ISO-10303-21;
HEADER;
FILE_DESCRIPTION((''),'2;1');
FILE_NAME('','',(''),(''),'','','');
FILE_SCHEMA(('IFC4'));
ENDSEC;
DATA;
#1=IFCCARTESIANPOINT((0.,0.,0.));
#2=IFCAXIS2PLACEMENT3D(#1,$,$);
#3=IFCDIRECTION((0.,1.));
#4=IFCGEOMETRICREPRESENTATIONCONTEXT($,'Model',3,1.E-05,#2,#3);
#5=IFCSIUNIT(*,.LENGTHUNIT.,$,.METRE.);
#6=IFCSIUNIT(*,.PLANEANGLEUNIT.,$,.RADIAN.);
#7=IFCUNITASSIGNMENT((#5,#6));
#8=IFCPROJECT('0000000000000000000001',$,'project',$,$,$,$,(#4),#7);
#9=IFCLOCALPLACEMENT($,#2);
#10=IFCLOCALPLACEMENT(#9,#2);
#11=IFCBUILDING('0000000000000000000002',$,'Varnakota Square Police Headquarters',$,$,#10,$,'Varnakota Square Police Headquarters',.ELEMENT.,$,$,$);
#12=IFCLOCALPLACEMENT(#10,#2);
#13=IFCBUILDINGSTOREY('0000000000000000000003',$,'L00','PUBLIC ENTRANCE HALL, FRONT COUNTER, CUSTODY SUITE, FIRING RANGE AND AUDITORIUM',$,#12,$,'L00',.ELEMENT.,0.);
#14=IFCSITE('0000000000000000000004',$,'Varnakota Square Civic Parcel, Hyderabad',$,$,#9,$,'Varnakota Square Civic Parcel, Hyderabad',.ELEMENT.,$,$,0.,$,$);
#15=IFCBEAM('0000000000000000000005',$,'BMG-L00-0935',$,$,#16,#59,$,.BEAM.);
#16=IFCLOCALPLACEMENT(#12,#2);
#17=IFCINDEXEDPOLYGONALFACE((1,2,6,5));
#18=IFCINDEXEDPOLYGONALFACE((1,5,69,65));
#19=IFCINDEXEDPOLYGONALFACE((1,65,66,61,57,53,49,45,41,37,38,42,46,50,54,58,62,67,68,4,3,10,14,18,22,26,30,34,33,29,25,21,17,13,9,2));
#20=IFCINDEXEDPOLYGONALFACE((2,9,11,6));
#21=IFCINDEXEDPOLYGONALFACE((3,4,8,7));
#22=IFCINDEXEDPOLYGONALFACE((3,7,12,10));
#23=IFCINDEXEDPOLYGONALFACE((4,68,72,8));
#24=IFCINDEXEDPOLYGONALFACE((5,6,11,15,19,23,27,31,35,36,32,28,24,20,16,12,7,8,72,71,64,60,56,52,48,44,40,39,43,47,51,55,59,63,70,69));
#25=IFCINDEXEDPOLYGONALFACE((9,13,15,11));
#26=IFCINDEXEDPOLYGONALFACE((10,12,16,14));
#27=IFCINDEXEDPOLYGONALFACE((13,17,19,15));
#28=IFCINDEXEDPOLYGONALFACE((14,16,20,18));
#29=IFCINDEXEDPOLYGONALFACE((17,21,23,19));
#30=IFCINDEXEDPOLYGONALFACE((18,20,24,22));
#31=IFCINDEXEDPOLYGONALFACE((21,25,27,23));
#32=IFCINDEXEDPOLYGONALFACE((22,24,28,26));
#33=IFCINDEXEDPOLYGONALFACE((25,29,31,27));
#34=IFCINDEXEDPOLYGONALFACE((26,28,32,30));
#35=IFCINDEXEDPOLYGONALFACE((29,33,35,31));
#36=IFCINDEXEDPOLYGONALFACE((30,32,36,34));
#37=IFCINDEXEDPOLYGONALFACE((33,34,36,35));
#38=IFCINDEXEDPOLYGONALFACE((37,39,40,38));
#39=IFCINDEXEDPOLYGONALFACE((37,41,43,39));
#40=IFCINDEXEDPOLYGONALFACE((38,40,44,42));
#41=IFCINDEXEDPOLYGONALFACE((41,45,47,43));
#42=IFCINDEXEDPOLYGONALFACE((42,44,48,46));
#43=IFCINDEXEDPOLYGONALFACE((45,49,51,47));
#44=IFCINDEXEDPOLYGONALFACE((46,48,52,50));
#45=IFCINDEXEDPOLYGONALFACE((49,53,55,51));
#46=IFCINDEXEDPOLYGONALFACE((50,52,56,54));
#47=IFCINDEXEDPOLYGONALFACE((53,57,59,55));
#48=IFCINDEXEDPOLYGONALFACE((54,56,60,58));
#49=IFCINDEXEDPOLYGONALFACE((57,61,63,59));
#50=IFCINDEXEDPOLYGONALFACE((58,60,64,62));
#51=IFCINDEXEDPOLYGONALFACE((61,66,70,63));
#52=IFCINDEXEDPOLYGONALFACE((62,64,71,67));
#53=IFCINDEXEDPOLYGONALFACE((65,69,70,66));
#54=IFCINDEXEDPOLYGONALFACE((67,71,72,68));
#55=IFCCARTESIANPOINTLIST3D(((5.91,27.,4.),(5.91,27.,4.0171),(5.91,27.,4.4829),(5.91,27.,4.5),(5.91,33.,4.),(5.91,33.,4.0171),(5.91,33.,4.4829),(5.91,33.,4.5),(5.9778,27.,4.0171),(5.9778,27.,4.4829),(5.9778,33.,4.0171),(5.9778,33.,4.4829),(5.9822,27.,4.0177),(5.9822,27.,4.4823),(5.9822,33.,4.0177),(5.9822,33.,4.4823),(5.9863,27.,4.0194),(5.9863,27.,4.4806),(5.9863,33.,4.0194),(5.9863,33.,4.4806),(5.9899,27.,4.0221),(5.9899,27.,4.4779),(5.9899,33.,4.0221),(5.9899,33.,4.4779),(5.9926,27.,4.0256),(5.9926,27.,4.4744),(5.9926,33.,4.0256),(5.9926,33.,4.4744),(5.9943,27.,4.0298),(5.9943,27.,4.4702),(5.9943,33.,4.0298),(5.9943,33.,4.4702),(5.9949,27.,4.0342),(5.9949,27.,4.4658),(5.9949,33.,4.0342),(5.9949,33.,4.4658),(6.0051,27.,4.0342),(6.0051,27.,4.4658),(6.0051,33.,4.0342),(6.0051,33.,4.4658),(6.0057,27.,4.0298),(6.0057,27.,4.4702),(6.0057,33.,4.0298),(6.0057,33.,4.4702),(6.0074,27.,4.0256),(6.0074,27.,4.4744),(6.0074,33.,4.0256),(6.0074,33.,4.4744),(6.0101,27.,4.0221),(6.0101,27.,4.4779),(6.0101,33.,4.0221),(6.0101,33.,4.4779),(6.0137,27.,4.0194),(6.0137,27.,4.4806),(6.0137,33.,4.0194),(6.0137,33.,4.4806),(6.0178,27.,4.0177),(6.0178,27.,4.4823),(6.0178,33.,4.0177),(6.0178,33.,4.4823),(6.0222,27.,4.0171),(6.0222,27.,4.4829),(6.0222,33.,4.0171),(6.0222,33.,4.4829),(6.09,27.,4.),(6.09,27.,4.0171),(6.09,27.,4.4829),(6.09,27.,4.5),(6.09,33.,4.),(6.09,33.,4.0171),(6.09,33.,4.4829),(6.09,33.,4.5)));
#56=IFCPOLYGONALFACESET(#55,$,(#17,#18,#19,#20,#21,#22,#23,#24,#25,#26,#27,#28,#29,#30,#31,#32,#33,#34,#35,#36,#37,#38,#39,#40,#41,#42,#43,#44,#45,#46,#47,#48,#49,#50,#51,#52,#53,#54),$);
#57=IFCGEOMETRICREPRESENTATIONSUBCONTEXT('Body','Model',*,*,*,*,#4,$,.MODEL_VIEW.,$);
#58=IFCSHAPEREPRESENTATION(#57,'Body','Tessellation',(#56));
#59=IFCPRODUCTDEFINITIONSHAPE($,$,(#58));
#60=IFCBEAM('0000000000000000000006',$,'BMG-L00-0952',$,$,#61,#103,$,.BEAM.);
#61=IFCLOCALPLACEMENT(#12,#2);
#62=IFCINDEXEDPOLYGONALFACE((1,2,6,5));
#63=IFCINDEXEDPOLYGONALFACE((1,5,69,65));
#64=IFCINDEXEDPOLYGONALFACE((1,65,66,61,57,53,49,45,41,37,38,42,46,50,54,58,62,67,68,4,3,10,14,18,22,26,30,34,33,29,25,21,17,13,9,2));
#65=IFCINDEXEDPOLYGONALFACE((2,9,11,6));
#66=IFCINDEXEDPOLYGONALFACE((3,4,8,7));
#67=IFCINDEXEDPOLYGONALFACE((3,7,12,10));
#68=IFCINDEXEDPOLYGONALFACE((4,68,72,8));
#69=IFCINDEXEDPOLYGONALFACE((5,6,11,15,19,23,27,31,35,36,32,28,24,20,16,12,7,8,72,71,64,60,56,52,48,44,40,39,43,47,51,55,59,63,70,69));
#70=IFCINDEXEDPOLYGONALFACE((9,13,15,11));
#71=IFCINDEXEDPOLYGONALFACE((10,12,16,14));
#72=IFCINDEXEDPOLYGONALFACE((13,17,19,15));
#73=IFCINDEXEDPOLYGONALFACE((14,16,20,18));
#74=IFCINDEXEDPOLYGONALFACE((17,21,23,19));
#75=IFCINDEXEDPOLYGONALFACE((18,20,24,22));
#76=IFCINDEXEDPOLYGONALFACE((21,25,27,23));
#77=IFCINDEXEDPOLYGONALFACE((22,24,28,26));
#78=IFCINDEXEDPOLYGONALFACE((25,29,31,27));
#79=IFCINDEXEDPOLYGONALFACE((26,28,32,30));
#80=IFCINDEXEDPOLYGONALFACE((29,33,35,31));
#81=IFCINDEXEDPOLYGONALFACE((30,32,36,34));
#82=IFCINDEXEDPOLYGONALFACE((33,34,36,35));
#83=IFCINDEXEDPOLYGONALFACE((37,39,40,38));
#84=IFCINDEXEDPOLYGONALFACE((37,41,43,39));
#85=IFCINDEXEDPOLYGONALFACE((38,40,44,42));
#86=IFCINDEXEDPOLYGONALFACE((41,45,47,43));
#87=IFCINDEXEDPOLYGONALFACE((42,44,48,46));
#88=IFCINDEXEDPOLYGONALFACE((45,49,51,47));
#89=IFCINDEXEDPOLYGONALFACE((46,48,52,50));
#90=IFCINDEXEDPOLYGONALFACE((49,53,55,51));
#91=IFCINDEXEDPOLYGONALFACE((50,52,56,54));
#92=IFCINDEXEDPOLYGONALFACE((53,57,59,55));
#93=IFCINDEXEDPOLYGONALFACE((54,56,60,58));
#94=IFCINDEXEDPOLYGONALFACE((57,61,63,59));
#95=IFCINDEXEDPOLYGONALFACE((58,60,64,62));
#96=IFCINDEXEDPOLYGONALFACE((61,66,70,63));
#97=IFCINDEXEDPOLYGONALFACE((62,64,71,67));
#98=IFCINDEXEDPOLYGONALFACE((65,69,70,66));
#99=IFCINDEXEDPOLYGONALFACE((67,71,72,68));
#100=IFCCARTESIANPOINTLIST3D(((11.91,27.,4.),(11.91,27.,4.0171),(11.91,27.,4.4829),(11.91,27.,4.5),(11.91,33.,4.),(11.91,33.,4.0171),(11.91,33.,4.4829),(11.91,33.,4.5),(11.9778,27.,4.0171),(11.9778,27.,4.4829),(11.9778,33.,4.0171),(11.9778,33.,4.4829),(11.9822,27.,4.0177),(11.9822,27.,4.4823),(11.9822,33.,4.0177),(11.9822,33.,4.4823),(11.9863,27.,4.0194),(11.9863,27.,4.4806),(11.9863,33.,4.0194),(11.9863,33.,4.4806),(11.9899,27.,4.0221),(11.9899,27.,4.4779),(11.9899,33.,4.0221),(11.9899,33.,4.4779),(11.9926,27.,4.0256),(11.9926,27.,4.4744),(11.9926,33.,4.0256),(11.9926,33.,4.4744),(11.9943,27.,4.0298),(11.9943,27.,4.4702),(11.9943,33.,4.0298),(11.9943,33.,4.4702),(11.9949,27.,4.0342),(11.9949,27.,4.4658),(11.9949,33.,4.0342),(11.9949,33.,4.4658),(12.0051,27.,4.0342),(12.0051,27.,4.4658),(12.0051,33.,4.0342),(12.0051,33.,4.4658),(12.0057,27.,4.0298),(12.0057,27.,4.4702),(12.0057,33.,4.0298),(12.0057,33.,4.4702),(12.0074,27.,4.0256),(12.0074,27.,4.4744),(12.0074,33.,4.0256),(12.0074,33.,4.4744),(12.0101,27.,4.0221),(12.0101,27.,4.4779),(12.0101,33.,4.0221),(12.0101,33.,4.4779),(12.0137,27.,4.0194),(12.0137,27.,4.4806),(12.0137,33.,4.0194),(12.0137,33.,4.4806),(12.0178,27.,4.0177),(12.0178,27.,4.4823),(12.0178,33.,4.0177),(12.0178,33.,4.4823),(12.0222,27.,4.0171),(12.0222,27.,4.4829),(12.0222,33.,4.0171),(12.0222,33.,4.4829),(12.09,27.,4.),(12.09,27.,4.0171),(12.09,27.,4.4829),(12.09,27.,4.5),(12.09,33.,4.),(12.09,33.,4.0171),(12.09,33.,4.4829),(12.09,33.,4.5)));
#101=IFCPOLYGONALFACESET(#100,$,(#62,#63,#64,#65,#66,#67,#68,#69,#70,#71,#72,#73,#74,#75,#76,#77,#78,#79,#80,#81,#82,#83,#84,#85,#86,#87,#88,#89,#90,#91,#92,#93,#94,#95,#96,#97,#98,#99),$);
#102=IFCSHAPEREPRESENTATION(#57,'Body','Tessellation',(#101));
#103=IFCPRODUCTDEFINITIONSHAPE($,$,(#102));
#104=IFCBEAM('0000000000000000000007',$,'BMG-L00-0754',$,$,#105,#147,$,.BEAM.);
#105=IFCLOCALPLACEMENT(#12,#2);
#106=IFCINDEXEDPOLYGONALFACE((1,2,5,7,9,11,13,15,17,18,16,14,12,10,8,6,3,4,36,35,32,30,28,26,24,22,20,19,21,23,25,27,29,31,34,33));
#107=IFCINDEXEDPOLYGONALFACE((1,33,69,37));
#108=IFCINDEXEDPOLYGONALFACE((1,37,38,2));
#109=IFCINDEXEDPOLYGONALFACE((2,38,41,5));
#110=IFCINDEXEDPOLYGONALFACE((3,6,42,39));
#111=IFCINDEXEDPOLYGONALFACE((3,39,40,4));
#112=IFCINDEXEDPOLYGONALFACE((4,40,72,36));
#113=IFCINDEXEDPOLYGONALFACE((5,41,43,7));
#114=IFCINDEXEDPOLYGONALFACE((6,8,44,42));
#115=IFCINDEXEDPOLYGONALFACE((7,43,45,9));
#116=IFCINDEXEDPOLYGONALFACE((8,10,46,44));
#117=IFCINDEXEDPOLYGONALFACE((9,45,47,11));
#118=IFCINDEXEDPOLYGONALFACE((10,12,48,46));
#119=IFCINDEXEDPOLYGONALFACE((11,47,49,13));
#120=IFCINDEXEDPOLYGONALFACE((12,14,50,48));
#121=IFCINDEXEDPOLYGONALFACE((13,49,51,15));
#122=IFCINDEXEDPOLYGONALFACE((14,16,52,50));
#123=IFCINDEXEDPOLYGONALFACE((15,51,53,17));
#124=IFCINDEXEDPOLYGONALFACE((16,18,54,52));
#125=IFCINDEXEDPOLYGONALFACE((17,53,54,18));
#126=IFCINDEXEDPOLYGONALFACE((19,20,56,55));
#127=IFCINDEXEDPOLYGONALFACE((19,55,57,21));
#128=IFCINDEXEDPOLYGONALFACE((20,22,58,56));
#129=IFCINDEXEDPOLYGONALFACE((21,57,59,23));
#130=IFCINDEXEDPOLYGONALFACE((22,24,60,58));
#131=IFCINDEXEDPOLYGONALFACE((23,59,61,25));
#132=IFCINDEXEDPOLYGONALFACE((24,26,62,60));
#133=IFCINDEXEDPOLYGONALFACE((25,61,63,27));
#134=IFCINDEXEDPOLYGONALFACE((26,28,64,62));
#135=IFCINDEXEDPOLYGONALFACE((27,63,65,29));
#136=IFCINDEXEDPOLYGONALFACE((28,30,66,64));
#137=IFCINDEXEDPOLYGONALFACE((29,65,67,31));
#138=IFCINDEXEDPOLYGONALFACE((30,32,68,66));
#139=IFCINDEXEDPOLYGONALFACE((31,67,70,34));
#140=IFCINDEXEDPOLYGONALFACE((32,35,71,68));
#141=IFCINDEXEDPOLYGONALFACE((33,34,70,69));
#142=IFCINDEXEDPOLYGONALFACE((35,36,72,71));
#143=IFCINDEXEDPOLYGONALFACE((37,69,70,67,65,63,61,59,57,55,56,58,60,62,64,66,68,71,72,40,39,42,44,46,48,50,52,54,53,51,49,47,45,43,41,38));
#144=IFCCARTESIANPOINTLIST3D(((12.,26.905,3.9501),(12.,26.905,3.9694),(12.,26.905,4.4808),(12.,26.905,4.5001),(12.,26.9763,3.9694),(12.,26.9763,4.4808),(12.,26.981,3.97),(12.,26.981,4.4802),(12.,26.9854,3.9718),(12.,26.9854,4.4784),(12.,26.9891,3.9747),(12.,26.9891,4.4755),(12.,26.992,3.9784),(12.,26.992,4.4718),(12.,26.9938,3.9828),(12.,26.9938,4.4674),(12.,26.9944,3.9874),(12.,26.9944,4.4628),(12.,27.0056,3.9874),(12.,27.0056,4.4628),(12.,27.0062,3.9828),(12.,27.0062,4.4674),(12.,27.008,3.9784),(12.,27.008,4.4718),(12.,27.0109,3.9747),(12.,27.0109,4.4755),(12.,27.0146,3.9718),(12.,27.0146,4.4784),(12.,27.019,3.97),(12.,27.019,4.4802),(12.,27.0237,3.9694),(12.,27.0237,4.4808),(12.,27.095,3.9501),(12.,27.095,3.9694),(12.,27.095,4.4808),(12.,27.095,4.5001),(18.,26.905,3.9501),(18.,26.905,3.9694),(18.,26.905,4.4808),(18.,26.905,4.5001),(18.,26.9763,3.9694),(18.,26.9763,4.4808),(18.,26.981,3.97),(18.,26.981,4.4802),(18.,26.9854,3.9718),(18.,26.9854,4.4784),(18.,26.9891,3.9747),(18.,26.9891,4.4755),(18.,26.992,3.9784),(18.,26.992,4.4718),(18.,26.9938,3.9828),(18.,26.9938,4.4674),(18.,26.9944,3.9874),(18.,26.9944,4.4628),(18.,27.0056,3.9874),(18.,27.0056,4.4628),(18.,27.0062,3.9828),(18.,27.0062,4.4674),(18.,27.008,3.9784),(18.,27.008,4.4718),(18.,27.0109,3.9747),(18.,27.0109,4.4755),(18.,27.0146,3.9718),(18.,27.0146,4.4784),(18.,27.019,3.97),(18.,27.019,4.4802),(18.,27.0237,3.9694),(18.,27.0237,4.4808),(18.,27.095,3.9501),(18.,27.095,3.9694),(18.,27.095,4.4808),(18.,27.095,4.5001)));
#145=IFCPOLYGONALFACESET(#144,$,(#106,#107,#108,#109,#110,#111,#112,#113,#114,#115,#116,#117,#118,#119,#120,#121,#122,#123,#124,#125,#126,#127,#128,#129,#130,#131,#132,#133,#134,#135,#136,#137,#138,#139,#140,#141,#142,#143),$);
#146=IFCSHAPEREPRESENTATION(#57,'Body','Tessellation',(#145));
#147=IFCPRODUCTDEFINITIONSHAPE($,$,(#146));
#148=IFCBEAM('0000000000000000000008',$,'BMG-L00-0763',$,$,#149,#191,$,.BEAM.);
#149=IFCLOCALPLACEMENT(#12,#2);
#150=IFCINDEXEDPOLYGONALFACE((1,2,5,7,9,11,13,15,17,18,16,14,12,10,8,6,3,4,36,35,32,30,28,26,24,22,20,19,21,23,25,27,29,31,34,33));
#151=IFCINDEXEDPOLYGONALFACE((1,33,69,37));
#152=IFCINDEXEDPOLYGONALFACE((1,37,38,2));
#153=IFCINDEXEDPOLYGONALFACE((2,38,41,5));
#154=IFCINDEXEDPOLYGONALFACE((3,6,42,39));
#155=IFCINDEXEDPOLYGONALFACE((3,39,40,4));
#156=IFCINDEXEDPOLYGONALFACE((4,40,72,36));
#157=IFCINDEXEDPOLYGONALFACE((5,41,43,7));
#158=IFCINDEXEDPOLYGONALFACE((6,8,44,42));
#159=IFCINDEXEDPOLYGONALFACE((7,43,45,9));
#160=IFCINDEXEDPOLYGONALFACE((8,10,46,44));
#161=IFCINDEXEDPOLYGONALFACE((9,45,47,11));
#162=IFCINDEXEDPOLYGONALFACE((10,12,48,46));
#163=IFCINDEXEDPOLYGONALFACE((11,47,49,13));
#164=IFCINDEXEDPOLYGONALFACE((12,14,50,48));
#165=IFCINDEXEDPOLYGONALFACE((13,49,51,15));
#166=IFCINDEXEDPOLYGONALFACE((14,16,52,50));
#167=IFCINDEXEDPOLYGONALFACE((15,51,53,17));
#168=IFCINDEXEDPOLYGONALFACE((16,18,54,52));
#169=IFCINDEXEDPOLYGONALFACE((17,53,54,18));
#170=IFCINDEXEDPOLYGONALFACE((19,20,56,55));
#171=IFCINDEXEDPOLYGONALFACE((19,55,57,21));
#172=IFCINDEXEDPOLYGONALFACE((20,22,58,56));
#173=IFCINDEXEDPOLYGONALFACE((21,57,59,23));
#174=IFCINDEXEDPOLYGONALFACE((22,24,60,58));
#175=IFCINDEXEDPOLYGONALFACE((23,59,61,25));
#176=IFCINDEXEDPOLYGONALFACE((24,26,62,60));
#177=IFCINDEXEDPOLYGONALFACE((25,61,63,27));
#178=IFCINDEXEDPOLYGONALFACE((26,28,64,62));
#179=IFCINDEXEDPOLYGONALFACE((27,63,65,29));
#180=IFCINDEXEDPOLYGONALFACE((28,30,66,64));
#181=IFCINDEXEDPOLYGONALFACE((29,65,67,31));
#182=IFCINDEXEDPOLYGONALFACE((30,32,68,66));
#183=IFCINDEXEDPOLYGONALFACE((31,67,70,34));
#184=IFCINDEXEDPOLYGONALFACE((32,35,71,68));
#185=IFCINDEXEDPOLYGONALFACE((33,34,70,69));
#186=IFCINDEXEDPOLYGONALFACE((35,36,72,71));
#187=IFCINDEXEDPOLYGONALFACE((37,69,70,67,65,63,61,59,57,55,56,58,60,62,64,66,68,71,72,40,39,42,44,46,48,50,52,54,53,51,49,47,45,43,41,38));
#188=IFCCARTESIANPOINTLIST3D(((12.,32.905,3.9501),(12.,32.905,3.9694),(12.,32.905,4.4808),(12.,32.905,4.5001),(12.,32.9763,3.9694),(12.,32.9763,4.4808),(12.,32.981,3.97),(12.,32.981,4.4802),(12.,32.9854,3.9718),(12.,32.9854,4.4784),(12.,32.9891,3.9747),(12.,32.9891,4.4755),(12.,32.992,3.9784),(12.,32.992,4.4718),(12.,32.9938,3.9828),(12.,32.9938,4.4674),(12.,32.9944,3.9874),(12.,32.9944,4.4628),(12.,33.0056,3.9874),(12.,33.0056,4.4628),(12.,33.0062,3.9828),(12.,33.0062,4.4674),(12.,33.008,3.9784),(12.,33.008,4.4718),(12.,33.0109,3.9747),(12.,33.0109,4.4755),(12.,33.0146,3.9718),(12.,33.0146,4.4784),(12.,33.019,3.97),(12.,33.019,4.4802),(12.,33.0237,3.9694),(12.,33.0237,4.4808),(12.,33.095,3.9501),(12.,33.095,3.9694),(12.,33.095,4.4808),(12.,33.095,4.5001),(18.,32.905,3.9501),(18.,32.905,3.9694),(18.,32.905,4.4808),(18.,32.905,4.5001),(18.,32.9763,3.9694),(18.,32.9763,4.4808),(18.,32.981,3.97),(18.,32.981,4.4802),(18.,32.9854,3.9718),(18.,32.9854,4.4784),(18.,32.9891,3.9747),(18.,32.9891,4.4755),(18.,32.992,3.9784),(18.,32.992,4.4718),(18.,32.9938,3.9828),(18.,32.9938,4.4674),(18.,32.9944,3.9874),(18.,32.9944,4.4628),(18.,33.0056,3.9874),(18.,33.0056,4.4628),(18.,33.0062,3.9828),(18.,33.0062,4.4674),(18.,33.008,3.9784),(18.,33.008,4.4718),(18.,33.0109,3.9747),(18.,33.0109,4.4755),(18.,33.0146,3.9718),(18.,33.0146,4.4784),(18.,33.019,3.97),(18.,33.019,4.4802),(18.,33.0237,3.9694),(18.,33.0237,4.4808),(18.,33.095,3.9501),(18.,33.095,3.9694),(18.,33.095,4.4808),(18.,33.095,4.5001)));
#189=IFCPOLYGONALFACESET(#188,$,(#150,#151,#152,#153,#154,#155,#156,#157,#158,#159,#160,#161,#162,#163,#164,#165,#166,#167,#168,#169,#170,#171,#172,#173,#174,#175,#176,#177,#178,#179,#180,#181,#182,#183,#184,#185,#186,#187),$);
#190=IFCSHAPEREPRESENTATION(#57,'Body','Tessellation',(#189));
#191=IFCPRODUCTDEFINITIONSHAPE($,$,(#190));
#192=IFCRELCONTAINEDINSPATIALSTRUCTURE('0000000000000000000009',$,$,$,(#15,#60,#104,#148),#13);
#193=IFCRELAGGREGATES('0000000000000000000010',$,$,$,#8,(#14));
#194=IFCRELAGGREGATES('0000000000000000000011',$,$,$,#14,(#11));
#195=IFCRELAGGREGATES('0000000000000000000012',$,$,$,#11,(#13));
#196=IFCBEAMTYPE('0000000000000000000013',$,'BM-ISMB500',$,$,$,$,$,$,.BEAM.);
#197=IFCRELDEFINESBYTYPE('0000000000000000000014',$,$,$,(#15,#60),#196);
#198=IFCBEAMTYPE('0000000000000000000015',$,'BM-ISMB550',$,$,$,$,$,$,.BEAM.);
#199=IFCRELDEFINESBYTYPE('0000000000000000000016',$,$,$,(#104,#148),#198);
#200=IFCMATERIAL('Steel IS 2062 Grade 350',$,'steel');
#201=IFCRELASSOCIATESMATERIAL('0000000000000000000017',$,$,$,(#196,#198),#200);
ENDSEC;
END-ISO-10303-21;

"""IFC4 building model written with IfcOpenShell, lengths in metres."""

from ifc_helpers import new_model, si_unit, direction, frame, origin, origin_2d, place, context, subcontext, project, spatial, i_section, extrude, material, material_profile, profile_set, type_object, element, save


model = new_model("IFC4")

# Units and contexts
model_context = context("Model", 3, precision=1e-05, world=origin(), true_north=direction((0.0, 1.0)))
body_context = subcontext(model_context, "Body", "Model", "MODEL_VIEW")
ifc_project = project(units=[si_unit("LENGTHUNIT", "METRE"), si_unit("PLANEANGLEUNIT", "RADIAN")], contexts=[model_context])

# Site, building, storey
site_placement = place(None, origin())
site = spatial("IfcSite", under=ifc_project, at=site_placement, Name="Varnakota Square Civic Parcel, Hyderabad", LongName="Varnakota Square Civic Parcel, Hyderabad", CompositionType="ELEMENT", RefElevation=0.0)
building_placement = place(site_placement, origin())
building = spatial("IfcBuilding", under=site, at=building_placement, Name="Varnakota Square Police Headquarters", LongName="Varnakota Square Police Headquarters", CompositionType="ELEMENT")
storey_placement = place(building_placement, origin())
storey = spatial("IfcBuildingStorey", under=building, at=storey_placement, Name="L00", Description="PUBLIC ENTRANCE HALL, FRONT COUNTER, CUSTODY SUITE, FIRING RANGE AND AUDITORIUM", LongName="L00", CompositionType="ELEMENT", Elevation=0.0)

# Beams
ifc_material_1 = material(Name="Steel IS 2062 Grade 350", Category="steel")
ifc_material_profile_1 = material_profile(ifc_material_1, i_section(OverallWidth=0.1799, OverallDepth=0.5, WebThickness=0.0103, FlangeThickness=0.0171, FilletRadius=0.0171, at=origin_2d()), Name="ISMB 500")
ifc_profile_set_1 = profile_set([ifc_material_profile_1], Name="Steel IS 2062 Grade 350")
beam_type_1 = type_object("IfcBeamType", Name="BM-ISMB500", PredefinedType="BEAM", material=ifc_profile_set_1)
for number, where, z_axis, x_axis, name in (
    (1, (6.0, 27.0, 4.25), (0.0, 1.0, 0.0), (-1.0, 0.0, 0.0), "BMG-L00-0935"),
    (2, (12.0, 27.0, 4.25), (0.0, 1.0, 0.0), (-1.0, 0.0, 0.0), "BMG-L00-0952"),
):
    element("IfcBeam", number, at=place(storey_placement, frame(where, z_axis=z_axis, x_axis=x_axis)), inside=storey, type_object=beam_type_1, Name=name, PredefinedType="BEAM", context=body_context, shape_type="SweptSolid", body=[
        extrude(i_section(OverallWidth=0.1799, OverallDepth=0.5, WebThickness=0.0103, FlangeThickness=0.0171, FilletRadius=0.0171, at=origin_2d()), origin(), (0.0, 0.0, 1.0), 6.0),
    ])
ifc_material_profile_2 = material_profile(ifc_material_1, i_section(OverallWidth=0.1899, OverallDepth=0.55, WebThickness=0.0112, FlangeThickness=0.0193, FilletRadius=0.0181, at=origin_2d()), Name="ISMB 550")
ifc_profile_set_2 = profile_set([ifc_material_profile_2], Name="Steel IS 2062 Grade 350")
beam_type_2 = type_object("IfcBeamType", Name="BM-ISMB550", PredefinedType="BEAM", material=ifc_profile_set_2)
for number, where, z_axis, x_axis, name in (
    (3, (12.0, 27.0, 4.2251), (1.0, 0.0, 0.0), (0.0, 1.0, 0.0), "BMG-L00-0754"),
    (4, (12.0, 33.0, 4.2251), (1.0, 0.0, 0.0), (0.0, 1.0, 0.0), "BMG-L00-0763"),
):
    element("IfcBeam", number, at=place(storey_placement, frame(where, z_axis=z_axis, x_axis=x_axis)), inside=storey, type_object=beam_type_2, Name=name, PredefinedType="BEAM", context=body_context, shape_type="SweptSolid", body=[
        extrude(i_section(OverallWidth=0.1899, OverallDepth=0.55, WebThickness=0.0112, FlangeThickness=0.0193, FilletRadius=0.0181, at=origin_2d()), origin(), (0.0, 0.0, 1.0), 6.0),
    ])

save(model, "model.ifc")
